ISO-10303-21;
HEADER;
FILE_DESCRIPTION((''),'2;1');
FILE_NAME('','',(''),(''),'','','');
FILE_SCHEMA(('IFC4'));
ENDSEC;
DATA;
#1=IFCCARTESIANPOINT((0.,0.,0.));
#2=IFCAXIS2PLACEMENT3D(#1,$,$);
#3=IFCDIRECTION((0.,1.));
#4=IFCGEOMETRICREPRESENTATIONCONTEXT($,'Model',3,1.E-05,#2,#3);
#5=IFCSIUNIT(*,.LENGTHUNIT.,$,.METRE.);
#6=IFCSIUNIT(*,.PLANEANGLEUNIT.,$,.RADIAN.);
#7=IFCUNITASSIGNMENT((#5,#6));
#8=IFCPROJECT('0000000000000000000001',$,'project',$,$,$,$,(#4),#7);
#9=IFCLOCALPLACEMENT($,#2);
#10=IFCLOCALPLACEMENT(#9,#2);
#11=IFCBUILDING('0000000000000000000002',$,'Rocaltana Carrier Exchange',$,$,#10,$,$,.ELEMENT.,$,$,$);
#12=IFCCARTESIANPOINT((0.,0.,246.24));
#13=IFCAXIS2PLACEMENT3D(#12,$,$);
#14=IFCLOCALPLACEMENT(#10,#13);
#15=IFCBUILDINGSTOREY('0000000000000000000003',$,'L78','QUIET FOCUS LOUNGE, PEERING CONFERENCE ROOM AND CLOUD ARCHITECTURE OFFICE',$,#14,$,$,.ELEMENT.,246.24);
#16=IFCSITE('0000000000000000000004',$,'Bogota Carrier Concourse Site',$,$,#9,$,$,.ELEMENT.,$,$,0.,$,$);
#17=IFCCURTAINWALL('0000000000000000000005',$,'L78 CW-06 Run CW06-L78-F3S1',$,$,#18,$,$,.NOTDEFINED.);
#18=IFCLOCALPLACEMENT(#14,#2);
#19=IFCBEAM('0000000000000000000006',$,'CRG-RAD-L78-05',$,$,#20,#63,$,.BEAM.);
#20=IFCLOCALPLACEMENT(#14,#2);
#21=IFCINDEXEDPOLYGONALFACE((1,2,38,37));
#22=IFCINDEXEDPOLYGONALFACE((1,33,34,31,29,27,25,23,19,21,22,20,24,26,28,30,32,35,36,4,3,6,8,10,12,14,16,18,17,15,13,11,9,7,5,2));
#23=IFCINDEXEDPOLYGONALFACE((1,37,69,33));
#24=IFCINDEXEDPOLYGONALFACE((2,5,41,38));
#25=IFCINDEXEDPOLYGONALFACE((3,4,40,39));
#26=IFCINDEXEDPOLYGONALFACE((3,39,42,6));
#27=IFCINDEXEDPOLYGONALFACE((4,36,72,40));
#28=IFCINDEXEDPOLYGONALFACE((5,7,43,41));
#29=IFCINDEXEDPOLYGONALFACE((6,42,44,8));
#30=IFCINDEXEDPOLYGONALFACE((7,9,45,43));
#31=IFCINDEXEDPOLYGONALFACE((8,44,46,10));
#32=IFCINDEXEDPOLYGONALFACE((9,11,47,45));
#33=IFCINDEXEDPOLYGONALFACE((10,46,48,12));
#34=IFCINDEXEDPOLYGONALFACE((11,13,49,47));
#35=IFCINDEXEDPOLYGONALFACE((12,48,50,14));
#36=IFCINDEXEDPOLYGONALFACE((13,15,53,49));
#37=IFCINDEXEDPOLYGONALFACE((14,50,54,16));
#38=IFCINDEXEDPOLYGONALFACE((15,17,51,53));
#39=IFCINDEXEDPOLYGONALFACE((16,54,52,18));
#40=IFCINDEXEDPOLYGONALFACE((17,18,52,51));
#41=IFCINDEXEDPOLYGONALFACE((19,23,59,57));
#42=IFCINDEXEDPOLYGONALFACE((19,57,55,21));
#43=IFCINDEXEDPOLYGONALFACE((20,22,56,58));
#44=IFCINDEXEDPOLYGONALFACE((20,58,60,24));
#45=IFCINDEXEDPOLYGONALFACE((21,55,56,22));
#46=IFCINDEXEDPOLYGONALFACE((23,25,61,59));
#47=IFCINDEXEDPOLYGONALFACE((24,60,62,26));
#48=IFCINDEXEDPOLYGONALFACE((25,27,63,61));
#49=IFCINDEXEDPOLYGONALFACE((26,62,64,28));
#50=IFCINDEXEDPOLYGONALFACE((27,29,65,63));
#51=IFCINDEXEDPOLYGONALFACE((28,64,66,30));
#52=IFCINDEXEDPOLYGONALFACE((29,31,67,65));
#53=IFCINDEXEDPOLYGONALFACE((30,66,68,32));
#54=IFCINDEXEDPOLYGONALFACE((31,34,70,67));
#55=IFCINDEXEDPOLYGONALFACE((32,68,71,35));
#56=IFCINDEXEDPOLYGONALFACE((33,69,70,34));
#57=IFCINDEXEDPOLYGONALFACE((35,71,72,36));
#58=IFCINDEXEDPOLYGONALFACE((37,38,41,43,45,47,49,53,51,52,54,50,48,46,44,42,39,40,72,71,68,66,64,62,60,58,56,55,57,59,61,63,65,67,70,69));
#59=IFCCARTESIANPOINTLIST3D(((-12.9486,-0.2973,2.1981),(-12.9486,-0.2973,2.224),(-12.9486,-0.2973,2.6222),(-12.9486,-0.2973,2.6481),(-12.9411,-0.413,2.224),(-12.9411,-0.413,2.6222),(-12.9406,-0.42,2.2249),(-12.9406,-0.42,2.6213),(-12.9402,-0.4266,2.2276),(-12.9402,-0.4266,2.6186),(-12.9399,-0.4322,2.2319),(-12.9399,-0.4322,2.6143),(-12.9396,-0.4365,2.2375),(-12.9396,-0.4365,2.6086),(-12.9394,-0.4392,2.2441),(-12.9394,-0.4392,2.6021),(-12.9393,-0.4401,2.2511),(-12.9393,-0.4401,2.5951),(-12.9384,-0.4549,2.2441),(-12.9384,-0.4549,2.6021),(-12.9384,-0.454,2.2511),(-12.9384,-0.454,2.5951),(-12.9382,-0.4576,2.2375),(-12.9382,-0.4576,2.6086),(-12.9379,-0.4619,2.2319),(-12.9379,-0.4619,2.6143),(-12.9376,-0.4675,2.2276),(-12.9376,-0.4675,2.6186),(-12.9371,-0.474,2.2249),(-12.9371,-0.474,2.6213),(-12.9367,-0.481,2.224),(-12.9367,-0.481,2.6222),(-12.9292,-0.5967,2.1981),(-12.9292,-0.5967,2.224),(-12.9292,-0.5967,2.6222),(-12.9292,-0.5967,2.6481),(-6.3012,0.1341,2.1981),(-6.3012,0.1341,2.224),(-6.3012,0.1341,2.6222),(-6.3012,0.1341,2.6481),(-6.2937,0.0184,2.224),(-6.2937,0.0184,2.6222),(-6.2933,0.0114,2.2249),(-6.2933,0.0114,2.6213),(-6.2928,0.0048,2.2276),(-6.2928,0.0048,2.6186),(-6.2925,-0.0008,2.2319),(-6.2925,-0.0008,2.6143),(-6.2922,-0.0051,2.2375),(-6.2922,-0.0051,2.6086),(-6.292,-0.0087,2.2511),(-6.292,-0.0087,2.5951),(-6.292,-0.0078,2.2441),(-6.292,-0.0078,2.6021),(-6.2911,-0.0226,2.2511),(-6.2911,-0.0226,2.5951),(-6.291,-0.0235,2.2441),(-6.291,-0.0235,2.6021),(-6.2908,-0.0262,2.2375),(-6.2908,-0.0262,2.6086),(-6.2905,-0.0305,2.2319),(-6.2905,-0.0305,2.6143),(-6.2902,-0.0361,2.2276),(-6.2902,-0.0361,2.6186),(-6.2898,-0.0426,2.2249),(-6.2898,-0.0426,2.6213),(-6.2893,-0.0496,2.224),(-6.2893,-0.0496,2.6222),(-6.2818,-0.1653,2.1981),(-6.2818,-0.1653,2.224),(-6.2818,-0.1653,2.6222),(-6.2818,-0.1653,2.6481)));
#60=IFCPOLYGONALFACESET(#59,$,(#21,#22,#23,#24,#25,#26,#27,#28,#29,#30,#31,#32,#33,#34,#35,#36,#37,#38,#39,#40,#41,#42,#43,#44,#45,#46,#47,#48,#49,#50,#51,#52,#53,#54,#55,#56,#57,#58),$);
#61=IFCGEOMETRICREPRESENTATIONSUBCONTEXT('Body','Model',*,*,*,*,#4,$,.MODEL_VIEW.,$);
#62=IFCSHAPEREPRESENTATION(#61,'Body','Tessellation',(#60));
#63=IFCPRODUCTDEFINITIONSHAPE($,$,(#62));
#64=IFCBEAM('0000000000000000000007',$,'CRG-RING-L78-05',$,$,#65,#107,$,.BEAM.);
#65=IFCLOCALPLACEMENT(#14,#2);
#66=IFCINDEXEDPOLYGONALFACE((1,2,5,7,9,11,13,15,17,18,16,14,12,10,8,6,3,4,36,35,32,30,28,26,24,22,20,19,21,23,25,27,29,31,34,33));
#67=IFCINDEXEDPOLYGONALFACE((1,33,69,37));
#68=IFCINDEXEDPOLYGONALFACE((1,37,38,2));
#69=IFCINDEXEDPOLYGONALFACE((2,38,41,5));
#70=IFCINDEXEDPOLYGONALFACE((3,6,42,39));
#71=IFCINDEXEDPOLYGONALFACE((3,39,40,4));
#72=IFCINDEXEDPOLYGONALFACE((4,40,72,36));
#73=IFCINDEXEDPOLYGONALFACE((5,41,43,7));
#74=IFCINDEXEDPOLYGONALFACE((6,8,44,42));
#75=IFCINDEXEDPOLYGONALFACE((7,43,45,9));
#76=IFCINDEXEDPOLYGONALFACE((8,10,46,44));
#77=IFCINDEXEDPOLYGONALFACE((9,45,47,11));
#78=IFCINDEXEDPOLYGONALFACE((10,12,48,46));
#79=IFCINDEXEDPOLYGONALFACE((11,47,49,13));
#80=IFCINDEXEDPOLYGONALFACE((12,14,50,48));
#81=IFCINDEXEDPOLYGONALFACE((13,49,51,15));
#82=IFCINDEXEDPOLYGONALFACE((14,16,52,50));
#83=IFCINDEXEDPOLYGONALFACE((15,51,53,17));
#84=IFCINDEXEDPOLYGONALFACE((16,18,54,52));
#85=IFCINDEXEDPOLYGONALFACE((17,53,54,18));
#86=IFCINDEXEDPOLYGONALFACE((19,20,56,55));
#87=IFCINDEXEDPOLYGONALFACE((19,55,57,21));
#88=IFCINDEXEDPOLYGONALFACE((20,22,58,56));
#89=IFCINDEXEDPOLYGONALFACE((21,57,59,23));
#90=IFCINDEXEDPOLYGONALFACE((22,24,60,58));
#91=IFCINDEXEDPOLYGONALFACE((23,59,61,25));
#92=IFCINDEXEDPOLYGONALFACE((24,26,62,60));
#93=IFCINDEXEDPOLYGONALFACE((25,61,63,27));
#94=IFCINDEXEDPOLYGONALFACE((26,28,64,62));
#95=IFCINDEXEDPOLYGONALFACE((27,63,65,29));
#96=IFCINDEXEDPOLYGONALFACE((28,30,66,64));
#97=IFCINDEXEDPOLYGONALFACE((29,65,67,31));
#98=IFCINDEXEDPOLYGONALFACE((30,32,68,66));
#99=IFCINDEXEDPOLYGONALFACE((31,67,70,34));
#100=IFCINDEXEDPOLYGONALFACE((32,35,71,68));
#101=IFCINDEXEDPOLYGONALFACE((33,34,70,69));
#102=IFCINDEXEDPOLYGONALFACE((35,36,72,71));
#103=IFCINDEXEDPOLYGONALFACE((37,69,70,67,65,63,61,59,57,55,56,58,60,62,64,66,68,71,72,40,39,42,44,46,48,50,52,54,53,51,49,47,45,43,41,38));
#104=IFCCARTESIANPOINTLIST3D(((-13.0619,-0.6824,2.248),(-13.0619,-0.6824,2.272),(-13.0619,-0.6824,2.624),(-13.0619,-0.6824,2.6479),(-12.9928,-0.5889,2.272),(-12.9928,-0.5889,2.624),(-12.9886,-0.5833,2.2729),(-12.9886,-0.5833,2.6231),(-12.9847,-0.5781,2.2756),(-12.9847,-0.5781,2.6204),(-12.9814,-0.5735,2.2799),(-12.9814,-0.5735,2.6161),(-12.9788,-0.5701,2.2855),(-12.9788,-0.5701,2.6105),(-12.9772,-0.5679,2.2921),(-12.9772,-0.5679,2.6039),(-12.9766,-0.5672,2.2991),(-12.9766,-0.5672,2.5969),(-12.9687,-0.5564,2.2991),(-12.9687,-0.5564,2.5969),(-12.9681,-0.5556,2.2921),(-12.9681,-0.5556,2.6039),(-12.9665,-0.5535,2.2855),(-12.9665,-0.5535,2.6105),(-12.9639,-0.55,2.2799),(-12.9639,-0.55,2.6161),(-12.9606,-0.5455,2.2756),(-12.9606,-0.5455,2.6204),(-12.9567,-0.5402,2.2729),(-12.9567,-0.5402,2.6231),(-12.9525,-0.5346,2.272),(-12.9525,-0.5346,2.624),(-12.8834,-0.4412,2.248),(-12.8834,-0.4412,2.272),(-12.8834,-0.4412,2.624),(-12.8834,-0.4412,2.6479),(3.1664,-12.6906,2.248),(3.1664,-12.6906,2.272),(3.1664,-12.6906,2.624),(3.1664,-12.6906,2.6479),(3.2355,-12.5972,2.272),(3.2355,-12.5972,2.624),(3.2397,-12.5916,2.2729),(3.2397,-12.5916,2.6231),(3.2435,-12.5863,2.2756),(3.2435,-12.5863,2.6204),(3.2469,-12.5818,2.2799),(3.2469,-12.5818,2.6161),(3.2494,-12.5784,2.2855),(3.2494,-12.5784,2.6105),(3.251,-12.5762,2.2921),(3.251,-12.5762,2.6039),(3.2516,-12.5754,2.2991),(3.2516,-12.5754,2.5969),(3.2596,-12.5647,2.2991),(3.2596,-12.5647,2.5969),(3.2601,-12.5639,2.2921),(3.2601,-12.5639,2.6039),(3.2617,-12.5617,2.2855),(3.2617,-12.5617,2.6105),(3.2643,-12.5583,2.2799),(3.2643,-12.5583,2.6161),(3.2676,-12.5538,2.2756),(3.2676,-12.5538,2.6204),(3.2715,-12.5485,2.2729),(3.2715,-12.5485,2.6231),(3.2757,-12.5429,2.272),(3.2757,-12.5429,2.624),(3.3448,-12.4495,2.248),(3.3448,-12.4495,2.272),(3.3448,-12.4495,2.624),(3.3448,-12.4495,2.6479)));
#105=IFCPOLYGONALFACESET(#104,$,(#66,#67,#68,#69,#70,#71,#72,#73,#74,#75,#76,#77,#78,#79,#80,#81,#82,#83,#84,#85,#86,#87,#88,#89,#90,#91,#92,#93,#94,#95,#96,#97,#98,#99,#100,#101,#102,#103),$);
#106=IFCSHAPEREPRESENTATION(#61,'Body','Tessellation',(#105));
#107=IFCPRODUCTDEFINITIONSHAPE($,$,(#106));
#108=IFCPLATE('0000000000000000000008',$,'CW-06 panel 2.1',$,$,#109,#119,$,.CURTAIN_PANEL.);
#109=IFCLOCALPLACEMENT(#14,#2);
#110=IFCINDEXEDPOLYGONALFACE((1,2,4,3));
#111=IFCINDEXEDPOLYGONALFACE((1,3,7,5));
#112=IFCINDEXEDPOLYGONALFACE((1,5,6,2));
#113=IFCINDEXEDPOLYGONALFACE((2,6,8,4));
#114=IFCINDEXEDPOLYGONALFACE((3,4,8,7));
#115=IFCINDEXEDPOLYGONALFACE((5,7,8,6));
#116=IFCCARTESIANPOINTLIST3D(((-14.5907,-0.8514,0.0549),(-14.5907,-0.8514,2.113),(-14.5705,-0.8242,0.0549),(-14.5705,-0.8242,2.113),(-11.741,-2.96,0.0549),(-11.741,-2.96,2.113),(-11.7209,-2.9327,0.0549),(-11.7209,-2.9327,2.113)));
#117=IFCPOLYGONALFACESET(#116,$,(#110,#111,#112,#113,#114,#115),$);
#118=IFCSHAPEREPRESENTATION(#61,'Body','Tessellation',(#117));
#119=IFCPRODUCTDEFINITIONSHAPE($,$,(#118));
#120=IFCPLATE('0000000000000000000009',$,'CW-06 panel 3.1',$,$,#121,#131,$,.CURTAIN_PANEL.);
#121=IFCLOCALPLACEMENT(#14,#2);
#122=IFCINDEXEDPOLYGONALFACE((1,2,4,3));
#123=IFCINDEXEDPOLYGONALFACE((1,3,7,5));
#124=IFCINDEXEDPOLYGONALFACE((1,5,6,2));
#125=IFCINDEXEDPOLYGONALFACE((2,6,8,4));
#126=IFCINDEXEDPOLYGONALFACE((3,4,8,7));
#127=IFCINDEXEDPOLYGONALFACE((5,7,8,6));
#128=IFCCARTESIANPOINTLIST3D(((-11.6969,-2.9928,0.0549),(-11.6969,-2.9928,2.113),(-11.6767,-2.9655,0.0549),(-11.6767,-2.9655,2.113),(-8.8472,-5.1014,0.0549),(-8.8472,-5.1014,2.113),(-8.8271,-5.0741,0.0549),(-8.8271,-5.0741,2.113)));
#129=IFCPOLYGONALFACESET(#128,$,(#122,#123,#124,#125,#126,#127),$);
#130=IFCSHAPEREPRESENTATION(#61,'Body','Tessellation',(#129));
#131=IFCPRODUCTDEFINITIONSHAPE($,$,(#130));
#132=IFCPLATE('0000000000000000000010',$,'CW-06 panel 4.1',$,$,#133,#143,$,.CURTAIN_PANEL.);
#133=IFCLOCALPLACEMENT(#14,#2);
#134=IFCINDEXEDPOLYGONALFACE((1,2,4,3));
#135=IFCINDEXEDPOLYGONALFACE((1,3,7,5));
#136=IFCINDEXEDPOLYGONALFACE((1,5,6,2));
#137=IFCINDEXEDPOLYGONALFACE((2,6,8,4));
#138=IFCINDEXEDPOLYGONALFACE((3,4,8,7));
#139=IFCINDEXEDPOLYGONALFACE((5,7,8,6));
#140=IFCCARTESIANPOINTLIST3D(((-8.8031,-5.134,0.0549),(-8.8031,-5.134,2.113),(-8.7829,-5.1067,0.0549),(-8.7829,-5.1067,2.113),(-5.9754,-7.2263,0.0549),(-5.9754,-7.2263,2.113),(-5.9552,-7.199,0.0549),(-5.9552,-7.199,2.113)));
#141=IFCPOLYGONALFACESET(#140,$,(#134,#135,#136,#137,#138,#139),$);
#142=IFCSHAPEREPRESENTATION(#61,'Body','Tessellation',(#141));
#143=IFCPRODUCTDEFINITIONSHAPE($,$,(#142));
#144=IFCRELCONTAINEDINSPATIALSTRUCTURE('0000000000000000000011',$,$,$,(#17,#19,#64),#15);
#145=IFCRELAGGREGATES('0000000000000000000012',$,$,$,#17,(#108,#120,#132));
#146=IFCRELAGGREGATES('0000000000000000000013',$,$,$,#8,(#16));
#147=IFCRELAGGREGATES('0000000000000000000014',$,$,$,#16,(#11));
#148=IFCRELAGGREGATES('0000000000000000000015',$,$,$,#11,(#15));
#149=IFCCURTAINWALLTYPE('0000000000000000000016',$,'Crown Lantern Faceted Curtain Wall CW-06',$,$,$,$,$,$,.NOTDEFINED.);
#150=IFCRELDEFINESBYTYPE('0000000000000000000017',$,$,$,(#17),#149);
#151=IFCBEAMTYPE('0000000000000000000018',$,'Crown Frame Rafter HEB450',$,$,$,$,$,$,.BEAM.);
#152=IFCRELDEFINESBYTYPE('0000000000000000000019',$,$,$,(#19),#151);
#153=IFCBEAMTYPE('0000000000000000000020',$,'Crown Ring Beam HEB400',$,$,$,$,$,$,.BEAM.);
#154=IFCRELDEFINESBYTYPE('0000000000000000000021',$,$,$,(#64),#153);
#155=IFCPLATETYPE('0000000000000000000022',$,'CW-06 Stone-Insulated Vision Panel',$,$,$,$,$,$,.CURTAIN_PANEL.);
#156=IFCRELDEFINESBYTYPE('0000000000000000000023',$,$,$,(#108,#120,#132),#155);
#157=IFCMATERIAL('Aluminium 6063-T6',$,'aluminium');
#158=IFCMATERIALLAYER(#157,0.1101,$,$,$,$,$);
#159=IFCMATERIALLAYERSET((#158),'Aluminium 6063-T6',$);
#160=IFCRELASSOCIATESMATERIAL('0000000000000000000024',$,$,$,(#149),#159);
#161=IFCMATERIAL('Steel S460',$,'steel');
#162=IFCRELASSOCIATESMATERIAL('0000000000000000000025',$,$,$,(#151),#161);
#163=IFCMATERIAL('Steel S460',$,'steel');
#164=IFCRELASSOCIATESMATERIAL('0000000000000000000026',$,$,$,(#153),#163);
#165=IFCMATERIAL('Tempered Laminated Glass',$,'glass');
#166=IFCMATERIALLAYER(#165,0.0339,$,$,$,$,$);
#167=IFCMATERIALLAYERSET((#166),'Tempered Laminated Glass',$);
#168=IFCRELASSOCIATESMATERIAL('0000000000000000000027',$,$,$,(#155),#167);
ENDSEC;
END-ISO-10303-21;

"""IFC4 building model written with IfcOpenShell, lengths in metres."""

from ifc_helpers import new_model, si_unit, direction, frame, origin, origin_2d, place, context, subcontext, project, spatial, rectangle, i_section, extrude, material, layer, layer_set, material_profile, profile_set, type_object, element, aggregate, save


model = new_model("IFC4")

# Units and contexts
model_context = context("Model", 3, precision=1e-05, world=origin(), true_north=direction((0.0, 1.0)))
body_context = subcontext(model_context, "Body", "Model", "MODEL_VIEW")
ifc_project = project(units=[si_unit("LENGTHUNIT", "METRE"), si_unit("PLANEANGLEUNIT", "RADIAN")], contexts=[model_context])

# Site, building, storey
site_placement = place(None, origin())
site = spatial("IfcSite", under=ifc_project, at=site_placement, Name="Bogota Carrier Concourse Site", CompositionType="ELEMENT", RefElevation=0.0)
building_placement = place(site_placement, origin())
building = spatial("IfcBuilding", under=site, at=building_placement, Name="Rocaltana Carrier Exchange", CompositionType="ELEMENT")
storey_placement = place(building_placement, frame((0.0, 0.0, 246.24)))
storey = spatial("IfcBuildingStorey", under=building, at=storey_placement, Name="L78", Description="QUIET FOCUS LOUNGE, PEERING CONFERENCE ROOM AND CLOUD ARCHITECTURE OFFICE", CompositionType="ELEMENT", Elevation=246.24)

# Curtain wall
ifc_material_1 = material(Name="Aluminium 6063-T6", Category="aluminium")
ifc_layer_1 = layer(ifc_material_1, 0.1101)
ifc_layer_set_1 = layer_set([ifc_layer_1], Name="Aluminium 6063-T6")
curtain_wall_type = type_object("IfcCurtainWallType", Name="Crown Lantern Faceted Curtain Wall CW-06", PredefinedType="NOTDEFINED", material=ifc_layer_set_1)
curtain_wall_1_placement = place(storey_placement, origin())
curtain_wall_1 = element("IfcCurtainWall", 1, at=curtain_wall_1_placement, inside=storey, type_object=curtain_wall_type, Name="L78 CW-06 Run CW06-L78-F3S1", PredefinedType="NOTDEFINED")

# Beams
ifc_material_2 = material(Name="Steel S460", Category="steel")
ifc_material_profile_1 = material_profile(ifc_material_2, i_section(OverallWidth=0.3, OverallDepth=0.45, WebThickness=0.0139, FlangeThickness=0.0259, FilletRadius=0.0271, at=origin_2d()), Name="HEB450")
ifc_profile_set_1 = profile_set([ifc_material_profile_1], Name="Steel S460")
beam_type_1 = type_object("IfcBeamType", Name="Crown Frame Rafter HEB450", PredefinedType="BEAM", material=ifc_profile_set_1)
beam_1_placement = place(storey_placement, frame((-6.2915, -0.0156, 2.4231), z_axis=(-0.997901, -0.06476, 0.0), x_axis=(0.06476, -0.997901, 0.0)))
element("IfcBeam", 2, at=beam_1_placement, inside=storey, type_object=beam_type_1, Name="CRG-RAD-L78-05", PredefinedType="BEAM", context=body_context, shape_type="SweptSolid", body=[
    extrude(i_section(OverallWidth=0.3, OverallDepth=0.45, WebThickness=0.0139, FlangeThickness=0.0259, FilletRadius=0.0271, at=origin_2d()), origin(), (0.0, 0.0, 1.0), 6.6614),
])
ifc_material_3 = material(Name="Steel S460", Category="steel")
ifc_material_profile_2 = material_profile(ifc_material_3, i_section(OverallWidth=0.3, OverallDepth=0.3999, WebThickness=0.0134, FlangeThickness=0.0239, FilletRadius=0.0271, at=origin_2d()), Name="HEB400")
ifc_profile_set_2 = profile_set([ifc_material_profile_2], Name="Steel S460")
beam_type_2 = type_object("IfcBeamType", Name="Crown Ring Beam HEB400", PredefinedType="BEAM", material=ifc_profile_set_2)
beam_2_placement = place(storey_placement, frame((-12.9727, -0.5618, 2.448), z_axis=(0.803857, -0.594823, 0.0), x_axis=(0.594823, 0.803857, 0.0)))
element("IfcBeam", 3, at=beam_2_placement, inside=storey, type_object=beam_type_2, Name="CRG-RING-L78-05", PredefinedType="BEAM", context=body_context, shape_type="SweptSolid", body=[
    extrude(i_section(OverallWidth=0.3, OverallDepth=0.3999, WebThickness=0.0134, FlangeThickness=0.0239, FilletRadius=0.0271, at=origin_2d()), origin(), (0.0, 0.0, 1.0), 20.188),
])

# Plates
ifc_material_4 = material(Name="Tempered Laminated Glass", Category="glass")
ifc_layer_2 = layer(ifc_material_4, 0.0339)
ifc_layer_set_2 = layer_set([ifc_layer_2], Name="Tempered Laminated Glass")
plate_type = type_object("IfcPlateType", Name="CW-06 Stone-Insulated Vision Panel", PredefinedType="CURTAIN_PANEL", material=ifc_layer_set_2)
plate_1_placement = place(storey_placement, frame((-13.1558, -1.8921, 0.0549), z_axis=(0.0, 0.0, 1.0), x_axis=(0.80386, -0.594819, 0.0)))
plate_1 = element("IfcPlate", 4, at=plate_1_placement, type_object=plate_type, Name="CW-06 panel 2.1", PredefinedType="CURTAIN_PANEL", context=body_context, shape_type="SweptSolid", body=[
    extrude(rectangle(XDim=3.5449, YDim=0.0339, at=origin_2d()), origin(), (0.0, 0.0, 1.0), 2.0581),
])
plate_2_placement = place(storey_placement, frame((-10.262, -4.0334, 0.0549), z_axis=(0.0, 0.0, 1.0), x_axis=(0.80386, -0.594819, 0.0)))
plate_2 = element("IfcPlate", 5, at=plate_2_placement, type_object=plate_type, Name="CW-06 panel 3.1", PredefinedType="CURTAIN_PANEL", context=body_context, shape_type="SweptSolid", body=[
    extrude(rectangle(XDim=3.5449, YDim=0.0339, at=origin_2d()), origin(), (0.0, 0.0, 1.0), 2.0581),
])
plate_3_placement = place(storey_placement, frame((-7.3792, -6.1665, 0.0549), z_axis=(0.0, 0.0, 1.0), x_axis=(0.80386, -0.594819, 0.0)))
plate_3 = element("IfcPlate", 6, at=plate_3_placement, type_object=plate_type, Name="CW-06 panel 4.1", PredefinedType="CURTAIN_PANEL", context=body_context, shape_type="SweptSolid", body=[
    extrude(rectangle(XDim=3.5176, YDim=0.0339, at=origin_2d()), origin(), (0.0, 0.0, 1.0), 2.0581),
])
aggregate(curtain_wall_1, [plate_1, plate_2, plate_3])

save(model, "model.ifc")
